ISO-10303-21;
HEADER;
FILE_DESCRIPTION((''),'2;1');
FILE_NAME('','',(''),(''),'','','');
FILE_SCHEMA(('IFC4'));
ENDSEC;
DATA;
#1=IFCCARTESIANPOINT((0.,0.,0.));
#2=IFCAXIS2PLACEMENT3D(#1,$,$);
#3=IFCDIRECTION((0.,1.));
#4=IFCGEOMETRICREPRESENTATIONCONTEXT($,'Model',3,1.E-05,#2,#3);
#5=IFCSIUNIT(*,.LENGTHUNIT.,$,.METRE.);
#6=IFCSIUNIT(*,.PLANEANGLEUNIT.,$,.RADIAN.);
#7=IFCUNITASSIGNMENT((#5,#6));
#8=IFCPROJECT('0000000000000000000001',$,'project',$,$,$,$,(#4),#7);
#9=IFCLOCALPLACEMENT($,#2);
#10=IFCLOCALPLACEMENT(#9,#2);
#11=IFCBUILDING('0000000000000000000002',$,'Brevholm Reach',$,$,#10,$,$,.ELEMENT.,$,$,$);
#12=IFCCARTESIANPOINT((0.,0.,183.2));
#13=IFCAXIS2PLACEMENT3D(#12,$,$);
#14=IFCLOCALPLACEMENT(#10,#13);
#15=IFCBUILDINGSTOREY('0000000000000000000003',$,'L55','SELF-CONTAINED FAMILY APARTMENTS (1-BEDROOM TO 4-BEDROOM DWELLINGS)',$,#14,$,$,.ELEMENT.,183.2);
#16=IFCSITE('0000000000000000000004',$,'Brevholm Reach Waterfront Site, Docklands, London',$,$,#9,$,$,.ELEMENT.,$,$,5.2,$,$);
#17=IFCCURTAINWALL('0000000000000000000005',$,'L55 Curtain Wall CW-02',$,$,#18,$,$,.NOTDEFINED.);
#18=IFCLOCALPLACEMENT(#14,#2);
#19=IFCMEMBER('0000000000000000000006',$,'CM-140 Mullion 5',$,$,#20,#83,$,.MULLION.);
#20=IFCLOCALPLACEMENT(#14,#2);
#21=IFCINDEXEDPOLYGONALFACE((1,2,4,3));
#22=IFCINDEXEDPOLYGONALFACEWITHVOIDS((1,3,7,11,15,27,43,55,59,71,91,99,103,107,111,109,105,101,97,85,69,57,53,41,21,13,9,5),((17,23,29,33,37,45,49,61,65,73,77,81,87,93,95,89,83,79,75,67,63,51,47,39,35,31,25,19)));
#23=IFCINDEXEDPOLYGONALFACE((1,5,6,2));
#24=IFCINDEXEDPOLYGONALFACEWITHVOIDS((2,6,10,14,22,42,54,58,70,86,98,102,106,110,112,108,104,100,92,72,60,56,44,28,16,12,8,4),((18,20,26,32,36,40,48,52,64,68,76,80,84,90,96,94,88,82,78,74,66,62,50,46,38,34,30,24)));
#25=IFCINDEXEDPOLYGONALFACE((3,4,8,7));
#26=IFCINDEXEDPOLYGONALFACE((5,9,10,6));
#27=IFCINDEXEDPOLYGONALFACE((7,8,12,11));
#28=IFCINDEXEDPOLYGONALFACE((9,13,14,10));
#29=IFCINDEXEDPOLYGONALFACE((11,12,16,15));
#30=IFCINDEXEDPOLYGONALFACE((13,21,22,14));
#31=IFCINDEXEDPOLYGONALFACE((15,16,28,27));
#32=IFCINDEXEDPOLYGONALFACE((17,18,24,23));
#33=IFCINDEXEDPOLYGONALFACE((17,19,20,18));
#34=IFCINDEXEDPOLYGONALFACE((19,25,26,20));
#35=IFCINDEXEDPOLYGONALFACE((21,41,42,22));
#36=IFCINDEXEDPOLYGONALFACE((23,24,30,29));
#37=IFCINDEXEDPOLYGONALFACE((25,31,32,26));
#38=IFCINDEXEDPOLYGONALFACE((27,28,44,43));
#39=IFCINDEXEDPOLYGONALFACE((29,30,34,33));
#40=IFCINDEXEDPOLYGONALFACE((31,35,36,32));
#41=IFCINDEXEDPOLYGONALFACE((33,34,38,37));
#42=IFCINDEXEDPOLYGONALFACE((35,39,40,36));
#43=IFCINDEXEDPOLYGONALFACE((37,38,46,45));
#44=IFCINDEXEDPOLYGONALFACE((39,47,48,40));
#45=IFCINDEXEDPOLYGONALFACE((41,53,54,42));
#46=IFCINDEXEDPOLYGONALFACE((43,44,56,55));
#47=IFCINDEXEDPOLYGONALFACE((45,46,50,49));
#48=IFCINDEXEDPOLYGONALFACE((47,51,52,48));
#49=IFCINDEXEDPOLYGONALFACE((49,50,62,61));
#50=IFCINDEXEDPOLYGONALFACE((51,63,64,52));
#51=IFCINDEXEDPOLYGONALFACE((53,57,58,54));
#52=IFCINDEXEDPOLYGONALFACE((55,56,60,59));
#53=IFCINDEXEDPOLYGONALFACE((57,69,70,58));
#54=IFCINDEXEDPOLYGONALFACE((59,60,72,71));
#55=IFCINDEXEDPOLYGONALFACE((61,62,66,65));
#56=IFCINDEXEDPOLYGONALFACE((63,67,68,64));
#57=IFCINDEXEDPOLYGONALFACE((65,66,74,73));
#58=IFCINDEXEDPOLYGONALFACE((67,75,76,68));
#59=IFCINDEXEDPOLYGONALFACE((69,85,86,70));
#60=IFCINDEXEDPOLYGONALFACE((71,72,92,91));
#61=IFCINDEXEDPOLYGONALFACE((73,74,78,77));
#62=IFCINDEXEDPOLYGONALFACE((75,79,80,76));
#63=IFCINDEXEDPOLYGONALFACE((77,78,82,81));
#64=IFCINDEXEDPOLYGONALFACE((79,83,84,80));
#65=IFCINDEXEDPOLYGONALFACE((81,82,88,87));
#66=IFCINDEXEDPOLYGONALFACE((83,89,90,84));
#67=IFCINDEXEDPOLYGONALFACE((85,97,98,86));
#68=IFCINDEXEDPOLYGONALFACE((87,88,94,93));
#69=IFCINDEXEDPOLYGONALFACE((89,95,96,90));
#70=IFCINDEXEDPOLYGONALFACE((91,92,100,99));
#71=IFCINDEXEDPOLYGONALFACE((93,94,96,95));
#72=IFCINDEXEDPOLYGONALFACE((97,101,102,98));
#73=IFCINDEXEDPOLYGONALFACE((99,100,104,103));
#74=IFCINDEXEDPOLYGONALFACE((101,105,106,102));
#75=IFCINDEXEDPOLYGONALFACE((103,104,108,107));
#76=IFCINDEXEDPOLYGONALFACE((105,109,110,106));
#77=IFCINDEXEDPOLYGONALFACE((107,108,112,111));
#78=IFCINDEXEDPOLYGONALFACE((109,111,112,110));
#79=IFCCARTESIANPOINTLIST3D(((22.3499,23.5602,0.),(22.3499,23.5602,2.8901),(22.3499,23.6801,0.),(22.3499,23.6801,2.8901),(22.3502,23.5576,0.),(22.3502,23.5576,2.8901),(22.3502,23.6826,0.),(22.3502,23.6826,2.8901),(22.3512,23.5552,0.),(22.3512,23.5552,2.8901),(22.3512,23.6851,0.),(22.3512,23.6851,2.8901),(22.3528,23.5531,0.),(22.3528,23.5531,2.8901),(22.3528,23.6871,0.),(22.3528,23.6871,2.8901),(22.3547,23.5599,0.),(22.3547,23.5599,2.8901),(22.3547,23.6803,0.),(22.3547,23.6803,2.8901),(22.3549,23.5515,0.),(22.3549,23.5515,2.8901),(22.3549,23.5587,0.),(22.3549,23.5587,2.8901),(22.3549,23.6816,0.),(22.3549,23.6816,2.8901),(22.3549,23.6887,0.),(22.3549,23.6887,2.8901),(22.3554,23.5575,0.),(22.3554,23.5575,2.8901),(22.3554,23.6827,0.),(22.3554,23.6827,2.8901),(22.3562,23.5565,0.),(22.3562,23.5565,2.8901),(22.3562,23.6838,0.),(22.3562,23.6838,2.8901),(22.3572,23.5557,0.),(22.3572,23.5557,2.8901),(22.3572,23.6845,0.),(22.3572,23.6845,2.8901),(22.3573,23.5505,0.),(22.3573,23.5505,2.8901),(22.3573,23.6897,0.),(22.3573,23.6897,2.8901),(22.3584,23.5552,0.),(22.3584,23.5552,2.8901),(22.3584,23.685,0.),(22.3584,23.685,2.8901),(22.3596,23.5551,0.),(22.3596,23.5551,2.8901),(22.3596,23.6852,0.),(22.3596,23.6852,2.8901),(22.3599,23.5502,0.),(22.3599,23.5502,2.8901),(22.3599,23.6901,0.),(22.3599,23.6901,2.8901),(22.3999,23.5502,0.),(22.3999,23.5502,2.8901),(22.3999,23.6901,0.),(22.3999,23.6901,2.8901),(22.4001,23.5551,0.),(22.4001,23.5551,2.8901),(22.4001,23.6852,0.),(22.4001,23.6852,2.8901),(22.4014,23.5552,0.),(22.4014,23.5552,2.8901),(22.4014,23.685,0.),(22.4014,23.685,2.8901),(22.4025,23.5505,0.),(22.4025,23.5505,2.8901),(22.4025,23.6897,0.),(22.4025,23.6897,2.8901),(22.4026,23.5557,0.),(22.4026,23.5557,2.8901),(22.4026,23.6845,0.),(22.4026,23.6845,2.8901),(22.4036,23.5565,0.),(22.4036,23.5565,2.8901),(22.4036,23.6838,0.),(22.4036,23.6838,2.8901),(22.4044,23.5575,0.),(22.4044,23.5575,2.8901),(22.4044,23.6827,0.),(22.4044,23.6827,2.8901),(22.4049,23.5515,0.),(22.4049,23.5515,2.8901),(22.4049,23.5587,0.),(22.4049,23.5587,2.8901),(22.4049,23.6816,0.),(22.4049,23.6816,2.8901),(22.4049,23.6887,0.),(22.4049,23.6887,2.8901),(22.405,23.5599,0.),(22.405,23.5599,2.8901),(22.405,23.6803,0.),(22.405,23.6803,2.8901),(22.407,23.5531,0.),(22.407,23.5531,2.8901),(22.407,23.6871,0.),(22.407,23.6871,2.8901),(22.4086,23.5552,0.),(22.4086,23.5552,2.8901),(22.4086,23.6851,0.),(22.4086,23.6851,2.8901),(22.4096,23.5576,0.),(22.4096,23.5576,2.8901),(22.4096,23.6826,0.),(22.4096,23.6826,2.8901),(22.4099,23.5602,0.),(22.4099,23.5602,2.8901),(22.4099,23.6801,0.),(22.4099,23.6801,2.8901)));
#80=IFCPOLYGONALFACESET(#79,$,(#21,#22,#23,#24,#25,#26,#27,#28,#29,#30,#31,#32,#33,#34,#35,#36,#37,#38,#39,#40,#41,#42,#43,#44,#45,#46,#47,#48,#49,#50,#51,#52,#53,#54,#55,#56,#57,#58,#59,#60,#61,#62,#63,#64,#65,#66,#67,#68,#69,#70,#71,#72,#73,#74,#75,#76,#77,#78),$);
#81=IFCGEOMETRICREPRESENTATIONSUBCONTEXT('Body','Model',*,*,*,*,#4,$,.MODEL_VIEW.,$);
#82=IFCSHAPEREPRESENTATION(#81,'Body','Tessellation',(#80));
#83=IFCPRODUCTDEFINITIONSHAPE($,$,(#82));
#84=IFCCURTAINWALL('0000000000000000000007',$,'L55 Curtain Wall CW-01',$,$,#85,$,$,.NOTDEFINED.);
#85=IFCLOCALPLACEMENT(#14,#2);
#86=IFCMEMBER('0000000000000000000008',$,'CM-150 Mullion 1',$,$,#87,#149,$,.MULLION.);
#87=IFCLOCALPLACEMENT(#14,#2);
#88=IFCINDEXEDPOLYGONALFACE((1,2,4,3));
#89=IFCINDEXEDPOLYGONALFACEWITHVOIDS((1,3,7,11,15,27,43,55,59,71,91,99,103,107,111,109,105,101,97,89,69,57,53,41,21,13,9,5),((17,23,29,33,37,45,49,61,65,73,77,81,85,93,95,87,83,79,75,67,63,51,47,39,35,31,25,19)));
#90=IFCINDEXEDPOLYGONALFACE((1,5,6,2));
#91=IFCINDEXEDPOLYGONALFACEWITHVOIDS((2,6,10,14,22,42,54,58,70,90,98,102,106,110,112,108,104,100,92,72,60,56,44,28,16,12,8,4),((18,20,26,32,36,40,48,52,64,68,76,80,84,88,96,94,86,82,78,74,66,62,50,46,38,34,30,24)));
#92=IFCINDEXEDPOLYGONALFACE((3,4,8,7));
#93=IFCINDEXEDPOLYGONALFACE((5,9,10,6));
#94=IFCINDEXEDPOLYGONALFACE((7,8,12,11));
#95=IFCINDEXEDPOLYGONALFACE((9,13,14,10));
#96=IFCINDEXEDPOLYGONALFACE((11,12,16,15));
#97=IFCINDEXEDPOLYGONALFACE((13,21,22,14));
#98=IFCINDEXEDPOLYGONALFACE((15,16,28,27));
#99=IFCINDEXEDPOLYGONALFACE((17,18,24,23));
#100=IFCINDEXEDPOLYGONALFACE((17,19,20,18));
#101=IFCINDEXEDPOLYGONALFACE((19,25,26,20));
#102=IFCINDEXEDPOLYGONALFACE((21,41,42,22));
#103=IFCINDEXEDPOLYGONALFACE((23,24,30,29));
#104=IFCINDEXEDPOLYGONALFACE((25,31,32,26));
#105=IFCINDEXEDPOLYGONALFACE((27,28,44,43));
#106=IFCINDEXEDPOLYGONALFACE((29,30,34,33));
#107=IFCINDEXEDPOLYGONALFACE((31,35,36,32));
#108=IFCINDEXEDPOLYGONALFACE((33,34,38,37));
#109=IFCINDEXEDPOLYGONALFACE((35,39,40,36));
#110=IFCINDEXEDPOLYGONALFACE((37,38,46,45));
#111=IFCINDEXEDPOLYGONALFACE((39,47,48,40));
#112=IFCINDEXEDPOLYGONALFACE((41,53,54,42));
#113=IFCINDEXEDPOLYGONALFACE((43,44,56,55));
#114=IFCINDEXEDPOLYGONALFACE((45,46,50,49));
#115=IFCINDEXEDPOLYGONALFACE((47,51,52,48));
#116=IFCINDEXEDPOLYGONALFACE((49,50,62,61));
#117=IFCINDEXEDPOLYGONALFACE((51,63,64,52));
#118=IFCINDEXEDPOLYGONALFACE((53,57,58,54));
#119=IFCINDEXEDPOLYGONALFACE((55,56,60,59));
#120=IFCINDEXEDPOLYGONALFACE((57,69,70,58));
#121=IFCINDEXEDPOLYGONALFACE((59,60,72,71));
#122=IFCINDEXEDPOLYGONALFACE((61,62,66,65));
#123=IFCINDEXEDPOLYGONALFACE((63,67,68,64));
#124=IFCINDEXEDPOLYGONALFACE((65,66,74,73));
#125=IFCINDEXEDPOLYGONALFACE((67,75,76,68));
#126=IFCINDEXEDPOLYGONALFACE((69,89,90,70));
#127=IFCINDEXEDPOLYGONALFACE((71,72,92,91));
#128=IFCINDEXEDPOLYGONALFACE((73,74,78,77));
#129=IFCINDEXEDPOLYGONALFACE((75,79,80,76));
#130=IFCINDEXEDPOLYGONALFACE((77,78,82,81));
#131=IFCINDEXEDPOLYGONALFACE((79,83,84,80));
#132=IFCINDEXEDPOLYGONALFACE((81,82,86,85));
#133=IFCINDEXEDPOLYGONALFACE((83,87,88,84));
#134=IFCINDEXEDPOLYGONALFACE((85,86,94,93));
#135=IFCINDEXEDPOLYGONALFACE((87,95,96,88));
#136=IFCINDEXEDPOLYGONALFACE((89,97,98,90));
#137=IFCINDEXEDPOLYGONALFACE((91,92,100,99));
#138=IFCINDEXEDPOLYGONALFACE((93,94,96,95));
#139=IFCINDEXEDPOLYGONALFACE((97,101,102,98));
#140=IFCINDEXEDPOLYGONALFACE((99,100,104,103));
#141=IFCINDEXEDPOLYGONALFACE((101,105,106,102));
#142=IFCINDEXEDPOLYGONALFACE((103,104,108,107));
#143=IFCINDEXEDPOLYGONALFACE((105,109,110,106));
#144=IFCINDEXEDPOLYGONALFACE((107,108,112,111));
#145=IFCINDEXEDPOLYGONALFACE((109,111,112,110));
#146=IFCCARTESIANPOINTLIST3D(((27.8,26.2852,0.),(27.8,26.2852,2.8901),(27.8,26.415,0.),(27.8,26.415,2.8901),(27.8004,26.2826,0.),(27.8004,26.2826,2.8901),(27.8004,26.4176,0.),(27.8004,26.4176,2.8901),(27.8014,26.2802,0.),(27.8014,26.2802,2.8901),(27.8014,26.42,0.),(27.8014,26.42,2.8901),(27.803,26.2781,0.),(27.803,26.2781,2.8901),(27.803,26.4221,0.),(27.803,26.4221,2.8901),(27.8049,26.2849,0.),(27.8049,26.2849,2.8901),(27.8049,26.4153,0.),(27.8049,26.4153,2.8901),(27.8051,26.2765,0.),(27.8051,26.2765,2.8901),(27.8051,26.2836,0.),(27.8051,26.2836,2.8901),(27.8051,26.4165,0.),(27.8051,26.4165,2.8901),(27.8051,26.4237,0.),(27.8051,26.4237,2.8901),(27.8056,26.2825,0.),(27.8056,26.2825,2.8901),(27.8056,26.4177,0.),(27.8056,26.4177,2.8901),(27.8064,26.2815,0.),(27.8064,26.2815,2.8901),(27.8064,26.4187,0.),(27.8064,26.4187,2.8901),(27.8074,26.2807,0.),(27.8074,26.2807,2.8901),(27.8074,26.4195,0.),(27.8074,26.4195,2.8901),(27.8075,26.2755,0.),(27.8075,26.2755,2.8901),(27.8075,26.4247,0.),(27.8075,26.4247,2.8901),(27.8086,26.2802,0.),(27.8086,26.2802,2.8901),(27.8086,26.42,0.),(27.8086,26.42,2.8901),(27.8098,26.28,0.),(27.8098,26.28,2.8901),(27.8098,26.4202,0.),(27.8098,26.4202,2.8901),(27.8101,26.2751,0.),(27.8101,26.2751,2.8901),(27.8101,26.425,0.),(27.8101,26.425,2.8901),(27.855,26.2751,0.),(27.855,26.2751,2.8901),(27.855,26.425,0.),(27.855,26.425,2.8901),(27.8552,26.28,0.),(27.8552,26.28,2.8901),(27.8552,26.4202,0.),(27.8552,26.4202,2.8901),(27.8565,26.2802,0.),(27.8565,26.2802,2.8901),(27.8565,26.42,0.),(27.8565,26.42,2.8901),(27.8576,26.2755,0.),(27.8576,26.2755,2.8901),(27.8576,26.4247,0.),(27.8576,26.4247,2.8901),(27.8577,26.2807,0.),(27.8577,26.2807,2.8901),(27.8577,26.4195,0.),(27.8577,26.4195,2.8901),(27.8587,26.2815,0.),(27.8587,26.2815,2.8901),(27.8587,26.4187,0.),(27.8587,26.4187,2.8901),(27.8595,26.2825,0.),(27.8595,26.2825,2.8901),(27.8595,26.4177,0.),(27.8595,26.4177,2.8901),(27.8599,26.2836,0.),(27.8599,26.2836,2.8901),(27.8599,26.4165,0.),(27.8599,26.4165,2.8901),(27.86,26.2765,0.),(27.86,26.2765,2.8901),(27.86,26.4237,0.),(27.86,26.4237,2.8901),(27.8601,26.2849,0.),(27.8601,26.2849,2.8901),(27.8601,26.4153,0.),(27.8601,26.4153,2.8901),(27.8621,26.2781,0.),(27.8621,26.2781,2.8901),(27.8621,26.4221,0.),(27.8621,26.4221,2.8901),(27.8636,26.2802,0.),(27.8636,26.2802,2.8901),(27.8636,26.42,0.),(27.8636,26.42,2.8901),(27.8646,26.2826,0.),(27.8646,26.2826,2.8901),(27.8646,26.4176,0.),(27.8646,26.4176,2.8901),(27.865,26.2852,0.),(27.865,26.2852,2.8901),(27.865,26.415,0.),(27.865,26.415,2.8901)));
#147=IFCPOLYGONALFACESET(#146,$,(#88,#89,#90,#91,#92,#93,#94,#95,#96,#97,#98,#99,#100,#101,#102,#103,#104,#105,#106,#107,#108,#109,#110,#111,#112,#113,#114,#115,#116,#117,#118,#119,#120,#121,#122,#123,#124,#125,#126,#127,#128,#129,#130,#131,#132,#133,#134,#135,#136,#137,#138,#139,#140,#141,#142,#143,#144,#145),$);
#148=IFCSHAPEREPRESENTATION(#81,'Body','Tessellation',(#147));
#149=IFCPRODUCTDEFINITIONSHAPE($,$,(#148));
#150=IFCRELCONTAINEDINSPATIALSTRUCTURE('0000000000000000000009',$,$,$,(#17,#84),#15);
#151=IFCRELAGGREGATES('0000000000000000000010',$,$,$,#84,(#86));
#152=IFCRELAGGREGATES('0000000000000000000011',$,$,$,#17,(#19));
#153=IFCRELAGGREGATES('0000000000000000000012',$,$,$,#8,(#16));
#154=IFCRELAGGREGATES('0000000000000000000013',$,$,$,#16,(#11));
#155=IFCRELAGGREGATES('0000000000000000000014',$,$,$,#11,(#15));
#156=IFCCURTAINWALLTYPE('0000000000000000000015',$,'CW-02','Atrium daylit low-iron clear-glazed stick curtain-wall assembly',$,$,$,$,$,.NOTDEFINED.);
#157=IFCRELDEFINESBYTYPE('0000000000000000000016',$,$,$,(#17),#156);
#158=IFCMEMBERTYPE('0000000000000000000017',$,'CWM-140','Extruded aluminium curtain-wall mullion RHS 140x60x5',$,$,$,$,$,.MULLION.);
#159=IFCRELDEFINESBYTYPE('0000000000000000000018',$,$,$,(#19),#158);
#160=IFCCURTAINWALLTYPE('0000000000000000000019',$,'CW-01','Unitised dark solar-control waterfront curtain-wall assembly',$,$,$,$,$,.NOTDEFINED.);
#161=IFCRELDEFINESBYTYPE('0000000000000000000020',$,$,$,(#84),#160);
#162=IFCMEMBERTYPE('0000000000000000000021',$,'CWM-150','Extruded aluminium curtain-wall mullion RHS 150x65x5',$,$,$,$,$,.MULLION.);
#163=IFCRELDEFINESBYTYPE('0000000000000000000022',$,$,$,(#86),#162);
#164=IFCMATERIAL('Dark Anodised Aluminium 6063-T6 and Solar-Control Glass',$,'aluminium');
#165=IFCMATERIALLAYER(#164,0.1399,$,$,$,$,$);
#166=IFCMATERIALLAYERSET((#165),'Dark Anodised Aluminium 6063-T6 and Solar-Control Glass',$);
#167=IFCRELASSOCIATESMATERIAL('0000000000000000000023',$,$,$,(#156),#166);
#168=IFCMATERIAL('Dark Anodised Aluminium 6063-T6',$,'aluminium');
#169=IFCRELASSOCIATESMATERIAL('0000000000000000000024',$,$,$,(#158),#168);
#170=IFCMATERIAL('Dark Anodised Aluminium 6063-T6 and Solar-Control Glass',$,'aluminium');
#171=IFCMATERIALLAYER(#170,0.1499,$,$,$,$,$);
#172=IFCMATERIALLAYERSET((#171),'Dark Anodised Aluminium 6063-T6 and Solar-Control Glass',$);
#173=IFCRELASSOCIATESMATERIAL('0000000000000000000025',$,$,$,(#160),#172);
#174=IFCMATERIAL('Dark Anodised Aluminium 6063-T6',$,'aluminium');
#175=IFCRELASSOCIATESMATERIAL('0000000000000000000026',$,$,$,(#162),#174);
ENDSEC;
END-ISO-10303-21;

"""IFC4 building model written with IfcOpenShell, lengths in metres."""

from ifc_helpers import new_model, si_unit, direction, frame, origin, origin_2d, place, context, subcontext, project, spatial, hollow_rectangle, extrude, material, layer, layer_set, material_profile, profile_set, type_object, element, aggregate, save


model = new_model("IFC4")

# Units and contexts
model_context = context("Model", 3, precision=1e-05, world=origin(), true_north=direction((0.0, 1.0)))
body_context = subcontext(model_context, "Body", "Model", "MODEL_VIEW")
ifc_project = project(units=[si_unit("LENGTHUNIT", "METRE"), si_unit("PLANEANGLEUNIT", "RADIAN")], contexts=[model_context])

# Site, building, storey
site_placement = place(None, origin())
site = spatial("IfcSite", under=ifc_project, at=site_placement, Name="Brevholm Reach Waterfront Site, Docklands, London", CompositionType="ELEMENT", RefElevation=5.2)
building_placement = place(site_placement, origin())
building = spatial("IfcBuilding", under=site, at=building_placement, Name="Brevholm Reach", CompositionType="ELEMENT")
storey_placement = place(building_placement, frame((0.0, 0.0, 183.2)))
storey = spatial("IfcBuildingStorey", under=building, at=storey_placement, Name="L55", Description="SELF-CONTAINED FAMILY APARTMENTS (1-BEDROOM TO 4-BEDROOM DWELLINGS)", CompositionType="ELEMENT", Elevation=183.2)

# Shared definitions
ifc_material_1 = material(Name="Dark Anodised Aluminium 6063-T6 and Solar-Control Glass", Category="aluminium")
ifc_layer_1 = layer(ifc_material_1, 0.1399)
ifc_layer_set_1 = layer_set([ifc_layer_1], Name="Dark Anodised Aluminium 6063-T6 and Solar-Control Glass")
curtain_wall_type_1 = type_object("IfcCurtainWallType", Name="CW-02", Description="Atrium daylit low-iron clear-glazed stick curtain-wall assembly", PredefinedType="NOTDEFINED", material=ifc_layer_set_1)
ifc_material_2 = material(Name="Dark Anodised Aluminium 6063-T6", Category="aluminium")
ifc_material_profile_1 = material_profile(ifc_material_2, hollow_rectangle(XDim=0.0601, YDim=0.1399, WallThickness=0.0049, InnerFilletRadius=0.0049, OuterFilletRadius=0.01, at=origin_2d()), Name="RHS 140x60x5")
ifc_profile_set_1 = profile_set([ifc_material_profile_1], Name="Dark Anodised Aluminium 6063-T6")
member_type_1 = type_object("IfcMemberType", Name="CWM-140", Description="Extruded aluminium curtain-wall mullion RHS 140x60x5", PredefinedType="MULLION", material=ifc_profile_set_1)

# Curtain wall, member
curtain_wall_1_placement = place(storey_placement, origin())
curtain_wall_1 = element("IfcCurtainWall", 1, at=curtain_wall_1_placement, inside=storey, type_object=curtain_wall_type_1, Name="L55 Curtain Wall CW-02", PredefinedType="NOTDEFINED")
member_1_placement = place(storey_placement, frame((22.3799, 23.6201, 0.0), z_axis=(0.0, 0.0, 1.0), x_axis=(-1.0, 0.0, 0.0)))
member_1 = element("IfcMember", 2, at=member_1_placement, type_object=member_type_1, Name="CM-140 Mullion 5", PredefinedType="MULLION", context=body_context, shape_type="SweptSolid", body=[
    extrude(hollow_rectangle(XDim=0.0601, YDim=0.1399, WallThickness=0.0049, InnerFilletRadius=0.0049, OuterFilletRadius=0.01, at=origin_2d()), origin(), (0.0, 0.0, 1.0), 2.8901),
])

# Curtain wall, member
ifc_material_3 = material(Name="Dark Anodised Aluminium 6063-T6 and Solar-Control Glass", Category="aluminium")
ifc_layer_2 = layer(ifc_material_3, 0.1499)
ifc_layer_set_2 = layer_set([ifc_layer_2], Name="Dark Anodised Aluminium 6063-T6 and Solar-Control Glass")
curtain_wall_type_2 = type_object("IfcCurtainWallType", Name="CW-01", Description="Unitised dark solar-control waterfront curtain-wall assembly", PredefinedType="NOTDEFINED", material=ifc_layer_set_2)
curtain_wall_2_placement = place(storey_placement, origin())
curtain_wall_2 = element("IfcCurtainWall", 3, at=curtain_wall_2_placement, inside=storey, type_object=curtain_wall_type_2, Name="L55 Curtain Wall CW-01", PredefinedType="NOTDEFINED")
ifc_material_4 = material(Name="Dark Anodised Aluminium 6063-T6", Category="aluminium")
ifc_material_profile_2 = material_profile(ifc_material_4, hollow_rectangle(XDim=0.0649, YDim=0.1499, WallThickness=0.0049, InnerFilletRadius=0.0049, OuterFilletRadius=0.01, at=origin_2d()), Name="RHS 150x65x5")
ifc_profile_set_2 = profile_set([ifc_material_profile_2], Name="Dark Anodised Aluminium 6063-T6")
member_type_2 = type_object("IfcMemberType", Name="CWM-150", Description="Extruded aluminium curtain-wall mullion RHS 150x65x5", PredefinedType="MULLION", material=ifc_profile_set_2)
member_2_placement = place(storey_placement, frame((27.8325, 26.3501, 0.0), z_axis=(0.0, 0.0, 1.0), x_axis=(1.0, 0.0, 0.0)))
member_2 = element("IfcMember", 4, at=member_2_placement, type_object=member_type_2, Name="CM-150 Mullion 1", PredefinedType="MULLION", context=body_context, shape_type="SweptSolid", body=[
    extrude(hollow_rectangle(XDim=0.0649, YDim=0.1499, WallThickness=0.0049, InnerFilletRadius=0.0049, OuterFilletRadius=0.01, at=origin_2d()), origin(), (0.0, 0.0, 1.0), 2.8901),
])

aggregate(curtain_wall_2, [member_2])

aggregate(curtain_wall_1, [member_1])

save(model, "model.ifc")
